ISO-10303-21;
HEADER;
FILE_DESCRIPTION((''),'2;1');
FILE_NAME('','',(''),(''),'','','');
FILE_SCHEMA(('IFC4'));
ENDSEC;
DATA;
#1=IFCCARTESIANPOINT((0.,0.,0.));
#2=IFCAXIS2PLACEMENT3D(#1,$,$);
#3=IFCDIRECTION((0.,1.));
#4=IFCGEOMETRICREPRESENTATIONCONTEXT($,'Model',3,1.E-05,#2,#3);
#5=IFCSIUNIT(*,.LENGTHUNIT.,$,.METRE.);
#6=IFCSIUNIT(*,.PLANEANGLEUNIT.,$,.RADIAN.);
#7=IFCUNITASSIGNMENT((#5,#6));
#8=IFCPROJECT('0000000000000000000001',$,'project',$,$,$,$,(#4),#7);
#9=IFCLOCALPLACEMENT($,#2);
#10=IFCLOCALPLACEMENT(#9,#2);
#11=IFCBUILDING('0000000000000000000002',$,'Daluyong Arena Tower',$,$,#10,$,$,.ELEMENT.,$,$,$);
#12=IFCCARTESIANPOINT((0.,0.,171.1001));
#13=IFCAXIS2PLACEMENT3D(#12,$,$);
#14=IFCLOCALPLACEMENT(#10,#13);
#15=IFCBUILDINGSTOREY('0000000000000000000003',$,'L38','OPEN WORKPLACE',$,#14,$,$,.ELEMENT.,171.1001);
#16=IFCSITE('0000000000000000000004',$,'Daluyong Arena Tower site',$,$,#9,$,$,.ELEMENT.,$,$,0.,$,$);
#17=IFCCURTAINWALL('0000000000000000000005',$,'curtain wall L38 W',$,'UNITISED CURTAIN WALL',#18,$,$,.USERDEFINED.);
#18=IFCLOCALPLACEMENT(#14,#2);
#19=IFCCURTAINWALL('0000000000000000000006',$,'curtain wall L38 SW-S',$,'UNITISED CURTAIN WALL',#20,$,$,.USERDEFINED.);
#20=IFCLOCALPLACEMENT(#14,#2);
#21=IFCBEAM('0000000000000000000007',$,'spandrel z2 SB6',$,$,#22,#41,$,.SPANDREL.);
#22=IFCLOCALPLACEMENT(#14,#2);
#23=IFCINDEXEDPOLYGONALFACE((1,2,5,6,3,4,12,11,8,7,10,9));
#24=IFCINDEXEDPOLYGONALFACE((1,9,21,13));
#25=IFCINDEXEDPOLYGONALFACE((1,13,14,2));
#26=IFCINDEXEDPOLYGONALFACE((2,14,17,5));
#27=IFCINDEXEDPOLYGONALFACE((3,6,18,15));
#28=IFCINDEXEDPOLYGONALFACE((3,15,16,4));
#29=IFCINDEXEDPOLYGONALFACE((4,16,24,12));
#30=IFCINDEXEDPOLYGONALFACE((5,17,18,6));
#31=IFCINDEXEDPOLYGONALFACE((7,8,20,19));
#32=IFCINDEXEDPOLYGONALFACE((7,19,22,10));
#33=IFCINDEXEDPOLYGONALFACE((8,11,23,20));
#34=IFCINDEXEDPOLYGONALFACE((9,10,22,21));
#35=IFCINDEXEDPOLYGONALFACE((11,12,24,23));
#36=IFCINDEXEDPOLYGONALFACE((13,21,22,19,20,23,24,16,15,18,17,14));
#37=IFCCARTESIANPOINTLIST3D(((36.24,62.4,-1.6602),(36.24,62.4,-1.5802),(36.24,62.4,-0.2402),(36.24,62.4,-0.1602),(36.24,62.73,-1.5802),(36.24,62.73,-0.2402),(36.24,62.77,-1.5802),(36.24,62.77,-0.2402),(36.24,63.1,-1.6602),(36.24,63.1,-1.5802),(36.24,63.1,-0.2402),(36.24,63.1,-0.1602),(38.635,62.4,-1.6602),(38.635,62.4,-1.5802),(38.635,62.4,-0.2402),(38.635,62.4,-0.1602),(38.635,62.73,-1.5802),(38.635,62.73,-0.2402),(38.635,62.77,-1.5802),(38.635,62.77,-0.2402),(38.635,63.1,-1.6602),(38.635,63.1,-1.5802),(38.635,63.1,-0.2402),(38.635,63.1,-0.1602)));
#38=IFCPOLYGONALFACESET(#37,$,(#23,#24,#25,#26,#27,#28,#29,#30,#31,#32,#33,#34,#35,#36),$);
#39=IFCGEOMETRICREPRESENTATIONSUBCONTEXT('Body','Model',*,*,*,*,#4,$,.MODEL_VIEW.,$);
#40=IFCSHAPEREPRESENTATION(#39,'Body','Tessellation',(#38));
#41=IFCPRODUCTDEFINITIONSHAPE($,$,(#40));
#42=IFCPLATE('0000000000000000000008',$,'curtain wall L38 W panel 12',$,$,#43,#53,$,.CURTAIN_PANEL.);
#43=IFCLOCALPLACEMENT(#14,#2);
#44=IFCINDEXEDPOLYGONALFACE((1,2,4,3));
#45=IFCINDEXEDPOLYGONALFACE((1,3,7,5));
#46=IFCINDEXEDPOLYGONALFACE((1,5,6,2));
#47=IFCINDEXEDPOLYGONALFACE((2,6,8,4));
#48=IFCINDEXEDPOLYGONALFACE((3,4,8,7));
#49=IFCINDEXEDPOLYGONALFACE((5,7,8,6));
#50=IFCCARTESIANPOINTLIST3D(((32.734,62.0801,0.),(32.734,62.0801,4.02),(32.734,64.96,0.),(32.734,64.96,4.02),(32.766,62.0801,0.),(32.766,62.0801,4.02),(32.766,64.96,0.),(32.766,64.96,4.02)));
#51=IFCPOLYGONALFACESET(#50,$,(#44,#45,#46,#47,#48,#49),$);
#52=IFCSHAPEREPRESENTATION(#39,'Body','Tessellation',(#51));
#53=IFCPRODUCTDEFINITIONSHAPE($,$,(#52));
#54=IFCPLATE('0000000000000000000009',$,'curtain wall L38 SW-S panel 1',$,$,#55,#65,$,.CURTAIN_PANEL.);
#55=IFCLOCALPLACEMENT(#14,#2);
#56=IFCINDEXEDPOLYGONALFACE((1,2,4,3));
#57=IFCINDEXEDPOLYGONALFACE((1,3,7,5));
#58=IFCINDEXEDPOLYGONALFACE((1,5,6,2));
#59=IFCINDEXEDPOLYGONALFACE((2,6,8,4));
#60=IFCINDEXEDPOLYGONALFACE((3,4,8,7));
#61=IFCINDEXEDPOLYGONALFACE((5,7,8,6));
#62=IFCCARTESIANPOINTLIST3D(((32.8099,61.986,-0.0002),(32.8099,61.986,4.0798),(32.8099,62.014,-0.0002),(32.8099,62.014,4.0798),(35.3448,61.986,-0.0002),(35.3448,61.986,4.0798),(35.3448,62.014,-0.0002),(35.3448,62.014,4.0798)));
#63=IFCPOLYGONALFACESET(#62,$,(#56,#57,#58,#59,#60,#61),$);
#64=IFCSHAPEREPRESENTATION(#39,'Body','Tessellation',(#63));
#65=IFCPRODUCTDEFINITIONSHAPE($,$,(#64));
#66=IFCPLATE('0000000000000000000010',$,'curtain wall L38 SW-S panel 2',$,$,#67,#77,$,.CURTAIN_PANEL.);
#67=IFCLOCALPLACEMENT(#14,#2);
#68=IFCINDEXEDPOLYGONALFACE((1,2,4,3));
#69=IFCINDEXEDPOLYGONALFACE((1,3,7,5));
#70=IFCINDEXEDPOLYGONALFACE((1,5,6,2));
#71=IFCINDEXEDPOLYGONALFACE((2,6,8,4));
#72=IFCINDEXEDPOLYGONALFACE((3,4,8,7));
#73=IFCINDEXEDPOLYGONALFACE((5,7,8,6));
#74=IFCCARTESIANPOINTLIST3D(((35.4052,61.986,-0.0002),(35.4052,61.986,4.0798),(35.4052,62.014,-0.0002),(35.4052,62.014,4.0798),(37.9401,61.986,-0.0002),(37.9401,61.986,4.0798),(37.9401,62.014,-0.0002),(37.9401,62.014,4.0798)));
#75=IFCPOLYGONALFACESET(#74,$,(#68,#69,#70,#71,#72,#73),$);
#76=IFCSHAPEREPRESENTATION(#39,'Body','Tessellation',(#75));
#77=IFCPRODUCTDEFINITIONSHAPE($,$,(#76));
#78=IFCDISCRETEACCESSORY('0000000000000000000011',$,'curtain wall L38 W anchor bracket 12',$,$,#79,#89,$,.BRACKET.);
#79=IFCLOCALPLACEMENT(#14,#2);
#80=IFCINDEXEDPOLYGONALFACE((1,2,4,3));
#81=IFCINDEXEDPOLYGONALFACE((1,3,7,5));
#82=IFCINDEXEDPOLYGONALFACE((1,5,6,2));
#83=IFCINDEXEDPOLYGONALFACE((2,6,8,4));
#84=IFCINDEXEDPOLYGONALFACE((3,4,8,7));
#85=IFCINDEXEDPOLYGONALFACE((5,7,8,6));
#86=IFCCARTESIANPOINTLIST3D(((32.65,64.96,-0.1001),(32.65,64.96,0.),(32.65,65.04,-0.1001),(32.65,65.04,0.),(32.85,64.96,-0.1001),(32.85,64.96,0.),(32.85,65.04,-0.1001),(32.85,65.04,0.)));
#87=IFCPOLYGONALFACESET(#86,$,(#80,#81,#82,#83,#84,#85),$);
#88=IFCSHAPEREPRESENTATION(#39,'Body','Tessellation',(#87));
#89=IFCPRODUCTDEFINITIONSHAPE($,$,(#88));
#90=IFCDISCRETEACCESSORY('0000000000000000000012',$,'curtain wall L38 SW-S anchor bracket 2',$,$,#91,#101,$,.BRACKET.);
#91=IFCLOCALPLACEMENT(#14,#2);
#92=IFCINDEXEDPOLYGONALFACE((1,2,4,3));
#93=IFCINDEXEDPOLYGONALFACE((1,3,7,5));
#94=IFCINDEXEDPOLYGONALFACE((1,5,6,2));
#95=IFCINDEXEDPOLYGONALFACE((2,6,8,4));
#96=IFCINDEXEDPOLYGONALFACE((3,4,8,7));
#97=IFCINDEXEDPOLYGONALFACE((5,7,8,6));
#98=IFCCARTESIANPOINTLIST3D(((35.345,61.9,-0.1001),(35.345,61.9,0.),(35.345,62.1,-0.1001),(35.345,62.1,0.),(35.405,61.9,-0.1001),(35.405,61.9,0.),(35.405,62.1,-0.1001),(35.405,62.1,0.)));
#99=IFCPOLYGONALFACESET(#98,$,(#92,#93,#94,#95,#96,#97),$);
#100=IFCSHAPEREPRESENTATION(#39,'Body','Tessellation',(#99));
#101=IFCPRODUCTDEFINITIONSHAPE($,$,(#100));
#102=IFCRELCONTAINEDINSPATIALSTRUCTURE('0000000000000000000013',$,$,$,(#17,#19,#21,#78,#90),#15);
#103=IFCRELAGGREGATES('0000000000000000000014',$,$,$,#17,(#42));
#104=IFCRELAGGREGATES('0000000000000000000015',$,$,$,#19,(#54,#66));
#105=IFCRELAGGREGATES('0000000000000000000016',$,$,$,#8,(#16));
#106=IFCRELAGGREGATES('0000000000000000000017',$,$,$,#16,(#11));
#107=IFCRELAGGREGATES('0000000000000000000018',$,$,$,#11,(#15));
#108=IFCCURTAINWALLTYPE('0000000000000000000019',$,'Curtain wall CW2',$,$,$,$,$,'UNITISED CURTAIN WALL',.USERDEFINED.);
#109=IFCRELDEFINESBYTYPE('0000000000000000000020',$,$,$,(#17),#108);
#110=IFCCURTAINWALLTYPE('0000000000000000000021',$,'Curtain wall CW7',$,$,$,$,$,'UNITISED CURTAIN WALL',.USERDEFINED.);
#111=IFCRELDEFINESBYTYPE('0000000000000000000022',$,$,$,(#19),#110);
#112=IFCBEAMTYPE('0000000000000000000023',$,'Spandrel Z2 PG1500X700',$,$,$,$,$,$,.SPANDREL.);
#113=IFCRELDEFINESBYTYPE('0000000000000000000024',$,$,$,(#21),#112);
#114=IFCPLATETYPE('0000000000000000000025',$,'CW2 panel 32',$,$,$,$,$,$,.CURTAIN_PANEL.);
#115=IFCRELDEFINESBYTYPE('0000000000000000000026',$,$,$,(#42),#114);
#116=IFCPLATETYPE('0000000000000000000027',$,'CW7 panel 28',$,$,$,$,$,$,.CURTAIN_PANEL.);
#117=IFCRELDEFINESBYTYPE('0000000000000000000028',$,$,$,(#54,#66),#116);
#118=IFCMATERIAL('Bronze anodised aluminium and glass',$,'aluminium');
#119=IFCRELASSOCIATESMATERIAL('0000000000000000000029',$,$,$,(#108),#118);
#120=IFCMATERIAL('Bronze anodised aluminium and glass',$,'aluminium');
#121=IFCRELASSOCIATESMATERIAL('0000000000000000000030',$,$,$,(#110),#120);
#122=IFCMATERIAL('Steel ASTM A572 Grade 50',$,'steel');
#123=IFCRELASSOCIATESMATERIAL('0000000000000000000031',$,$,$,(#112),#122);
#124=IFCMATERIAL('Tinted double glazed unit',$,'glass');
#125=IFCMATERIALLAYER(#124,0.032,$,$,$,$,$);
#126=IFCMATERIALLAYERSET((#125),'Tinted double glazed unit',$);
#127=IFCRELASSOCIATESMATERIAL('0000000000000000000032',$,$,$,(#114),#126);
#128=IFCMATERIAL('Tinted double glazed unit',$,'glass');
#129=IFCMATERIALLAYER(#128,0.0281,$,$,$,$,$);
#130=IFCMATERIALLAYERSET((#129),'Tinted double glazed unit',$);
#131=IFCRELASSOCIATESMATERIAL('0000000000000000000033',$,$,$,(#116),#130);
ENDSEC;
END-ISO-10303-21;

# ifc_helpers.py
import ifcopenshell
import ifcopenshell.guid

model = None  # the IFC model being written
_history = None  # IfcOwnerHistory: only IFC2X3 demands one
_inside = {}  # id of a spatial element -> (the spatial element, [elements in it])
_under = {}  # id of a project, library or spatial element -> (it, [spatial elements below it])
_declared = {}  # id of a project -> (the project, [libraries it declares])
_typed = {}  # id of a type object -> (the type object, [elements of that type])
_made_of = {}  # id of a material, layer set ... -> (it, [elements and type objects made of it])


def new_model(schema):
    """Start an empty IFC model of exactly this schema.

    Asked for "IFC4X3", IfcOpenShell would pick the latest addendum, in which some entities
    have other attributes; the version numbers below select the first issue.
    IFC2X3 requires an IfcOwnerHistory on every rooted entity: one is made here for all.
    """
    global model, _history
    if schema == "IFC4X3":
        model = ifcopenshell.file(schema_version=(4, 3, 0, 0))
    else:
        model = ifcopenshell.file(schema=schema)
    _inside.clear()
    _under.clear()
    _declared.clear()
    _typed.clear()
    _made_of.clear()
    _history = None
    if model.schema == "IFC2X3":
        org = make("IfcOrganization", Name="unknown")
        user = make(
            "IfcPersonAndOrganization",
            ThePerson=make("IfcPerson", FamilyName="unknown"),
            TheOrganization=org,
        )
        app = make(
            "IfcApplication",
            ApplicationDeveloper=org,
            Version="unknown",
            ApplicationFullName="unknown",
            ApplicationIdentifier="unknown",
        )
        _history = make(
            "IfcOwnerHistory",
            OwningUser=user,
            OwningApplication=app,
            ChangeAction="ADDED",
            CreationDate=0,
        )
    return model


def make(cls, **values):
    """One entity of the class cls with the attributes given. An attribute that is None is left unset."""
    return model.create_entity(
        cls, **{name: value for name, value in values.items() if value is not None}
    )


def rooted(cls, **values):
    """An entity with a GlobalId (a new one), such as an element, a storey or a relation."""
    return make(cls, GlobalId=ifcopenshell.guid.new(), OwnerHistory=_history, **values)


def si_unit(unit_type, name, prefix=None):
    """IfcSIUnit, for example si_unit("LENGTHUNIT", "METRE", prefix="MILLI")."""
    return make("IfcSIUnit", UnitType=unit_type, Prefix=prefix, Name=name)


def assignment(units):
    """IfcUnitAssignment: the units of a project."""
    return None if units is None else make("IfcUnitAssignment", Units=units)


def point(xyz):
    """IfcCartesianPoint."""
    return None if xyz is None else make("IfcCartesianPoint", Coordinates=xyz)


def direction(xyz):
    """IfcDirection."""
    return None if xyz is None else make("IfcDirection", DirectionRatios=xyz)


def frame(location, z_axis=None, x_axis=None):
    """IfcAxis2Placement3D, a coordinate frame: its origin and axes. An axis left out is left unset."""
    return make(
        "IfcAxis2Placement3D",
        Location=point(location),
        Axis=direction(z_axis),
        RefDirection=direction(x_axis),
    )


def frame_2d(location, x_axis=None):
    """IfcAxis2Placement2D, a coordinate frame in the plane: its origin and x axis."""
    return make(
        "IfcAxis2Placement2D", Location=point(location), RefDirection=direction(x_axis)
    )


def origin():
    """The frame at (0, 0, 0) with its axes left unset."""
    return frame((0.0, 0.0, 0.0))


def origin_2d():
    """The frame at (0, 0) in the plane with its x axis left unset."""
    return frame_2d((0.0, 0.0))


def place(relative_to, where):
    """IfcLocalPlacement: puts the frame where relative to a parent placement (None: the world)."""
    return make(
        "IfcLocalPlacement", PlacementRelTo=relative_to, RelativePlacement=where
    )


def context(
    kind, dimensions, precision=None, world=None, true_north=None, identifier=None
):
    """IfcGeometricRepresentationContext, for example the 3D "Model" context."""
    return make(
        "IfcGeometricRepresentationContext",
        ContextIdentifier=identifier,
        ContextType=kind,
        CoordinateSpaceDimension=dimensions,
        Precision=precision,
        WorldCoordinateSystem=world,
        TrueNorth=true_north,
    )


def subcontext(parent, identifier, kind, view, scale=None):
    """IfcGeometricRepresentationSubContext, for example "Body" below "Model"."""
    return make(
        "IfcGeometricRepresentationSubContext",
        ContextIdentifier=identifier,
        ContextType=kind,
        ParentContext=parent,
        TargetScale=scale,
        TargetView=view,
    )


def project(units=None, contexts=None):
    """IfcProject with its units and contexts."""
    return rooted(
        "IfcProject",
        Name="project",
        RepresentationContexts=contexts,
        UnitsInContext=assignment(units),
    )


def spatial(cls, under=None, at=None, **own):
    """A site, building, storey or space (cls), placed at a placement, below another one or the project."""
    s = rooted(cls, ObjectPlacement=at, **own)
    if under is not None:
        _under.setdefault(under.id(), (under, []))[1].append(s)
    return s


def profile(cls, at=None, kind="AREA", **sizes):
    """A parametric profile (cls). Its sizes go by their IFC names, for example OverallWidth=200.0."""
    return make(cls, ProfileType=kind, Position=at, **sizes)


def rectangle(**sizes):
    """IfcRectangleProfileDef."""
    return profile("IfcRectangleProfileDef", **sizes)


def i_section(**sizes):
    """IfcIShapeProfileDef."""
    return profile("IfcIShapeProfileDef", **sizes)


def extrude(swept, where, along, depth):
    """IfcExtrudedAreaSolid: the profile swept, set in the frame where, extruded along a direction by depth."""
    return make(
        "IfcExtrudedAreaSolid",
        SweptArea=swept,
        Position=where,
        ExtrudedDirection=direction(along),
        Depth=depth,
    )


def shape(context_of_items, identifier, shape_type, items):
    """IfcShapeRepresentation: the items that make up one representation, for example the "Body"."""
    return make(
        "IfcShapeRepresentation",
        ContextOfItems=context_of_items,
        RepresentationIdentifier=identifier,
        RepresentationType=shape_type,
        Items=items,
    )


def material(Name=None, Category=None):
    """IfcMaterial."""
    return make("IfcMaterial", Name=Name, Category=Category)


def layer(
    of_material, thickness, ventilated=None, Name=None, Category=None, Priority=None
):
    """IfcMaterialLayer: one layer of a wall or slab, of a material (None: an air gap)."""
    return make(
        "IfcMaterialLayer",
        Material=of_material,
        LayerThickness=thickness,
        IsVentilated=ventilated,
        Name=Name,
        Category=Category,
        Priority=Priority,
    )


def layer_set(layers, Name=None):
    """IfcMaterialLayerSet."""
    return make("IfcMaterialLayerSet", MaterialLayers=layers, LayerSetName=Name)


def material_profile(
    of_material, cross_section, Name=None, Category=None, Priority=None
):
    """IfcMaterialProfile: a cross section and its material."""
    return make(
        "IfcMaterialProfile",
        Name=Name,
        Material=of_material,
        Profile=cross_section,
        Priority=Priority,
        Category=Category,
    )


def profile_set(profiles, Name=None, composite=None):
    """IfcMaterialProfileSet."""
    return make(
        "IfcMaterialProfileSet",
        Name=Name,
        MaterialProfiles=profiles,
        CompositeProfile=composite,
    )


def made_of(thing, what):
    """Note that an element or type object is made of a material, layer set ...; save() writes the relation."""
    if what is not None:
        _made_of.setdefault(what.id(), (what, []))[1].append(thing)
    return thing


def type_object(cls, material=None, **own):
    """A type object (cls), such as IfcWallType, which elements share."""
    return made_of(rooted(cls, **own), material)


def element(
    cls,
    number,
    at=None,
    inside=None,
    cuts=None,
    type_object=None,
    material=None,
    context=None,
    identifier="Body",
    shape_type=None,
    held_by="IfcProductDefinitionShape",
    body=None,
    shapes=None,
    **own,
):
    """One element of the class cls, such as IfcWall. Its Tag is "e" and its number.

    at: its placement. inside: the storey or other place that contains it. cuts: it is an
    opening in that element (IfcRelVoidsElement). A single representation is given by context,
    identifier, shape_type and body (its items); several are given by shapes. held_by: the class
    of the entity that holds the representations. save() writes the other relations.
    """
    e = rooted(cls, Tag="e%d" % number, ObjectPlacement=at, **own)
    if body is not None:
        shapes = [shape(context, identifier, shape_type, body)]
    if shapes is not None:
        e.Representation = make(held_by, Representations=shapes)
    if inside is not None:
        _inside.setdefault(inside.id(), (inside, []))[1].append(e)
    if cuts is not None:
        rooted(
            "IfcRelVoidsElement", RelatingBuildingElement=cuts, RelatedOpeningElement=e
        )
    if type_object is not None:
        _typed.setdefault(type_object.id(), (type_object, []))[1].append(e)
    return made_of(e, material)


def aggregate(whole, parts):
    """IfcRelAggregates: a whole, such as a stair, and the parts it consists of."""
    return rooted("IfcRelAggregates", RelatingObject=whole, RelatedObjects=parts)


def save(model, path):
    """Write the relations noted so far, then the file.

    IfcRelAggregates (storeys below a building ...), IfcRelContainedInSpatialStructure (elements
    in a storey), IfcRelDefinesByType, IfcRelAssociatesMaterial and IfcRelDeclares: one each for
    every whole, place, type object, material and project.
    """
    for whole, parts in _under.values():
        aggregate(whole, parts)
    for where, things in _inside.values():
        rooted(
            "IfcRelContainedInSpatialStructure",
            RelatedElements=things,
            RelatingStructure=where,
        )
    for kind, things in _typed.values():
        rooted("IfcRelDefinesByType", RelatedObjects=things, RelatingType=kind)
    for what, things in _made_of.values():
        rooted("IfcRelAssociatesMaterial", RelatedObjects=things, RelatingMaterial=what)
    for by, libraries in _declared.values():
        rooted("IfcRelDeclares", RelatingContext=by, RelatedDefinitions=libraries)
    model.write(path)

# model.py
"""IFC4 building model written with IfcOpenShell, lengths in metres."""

from ifc_helpers import new_model, si_unit, direction, frame, origin, origin_2d, place, context, subcontext, project, spatial, rectangle, i_section, extrude, material, layer, layer_set, material_profile, profile_set, type_object, element, aggregate, save


model = new_model("IFC4")

# Units and contexts
model_context = context("Model", 3, precision=1e-05, world=origin(), true_north=direction((0.0, 1.0)))
body_context = subcontext(model_context, "Body", "Model", "MODEL_VIEW")
ifc_project = project(units=[si_unit("LENGTHUNIT", "METRE"), si_unit("PLANEANGLEUNIT", "RADIAN")], contexts=[model_context])

# Site, building, storey
site_placement = place(None, origin())
site = spatial("IfcSite", under=ifc_project, at=site_placement, Name="Daluyong Arena Tower site", CompositionType="ELEMENT", RefElevation=0.0)
building_placement = place(site_placement, origin())
building = spatial("IfcBuilding", under=site, at=building_placement, Name="Daluyong Arena Tower", CompositionType="ELEMENT")
storey_placement = place(building_placement, frame((0.0, 0.0, 171.1001)))
storey = spatial("IfcBuildingStorey", under=building, at=storey_placement, Name="L38", Description="OPEN WORKPLACE", CompositionType="ELEMENT", Elevation=171.1001)

# Curtain walls
ifc_material_1 = material(Name="Bronze anodised aluminium and glass", Category="aluminium")
curtain_wall_type_1 = type_object("IfcCurtainWallType", Name="Curtain wall CW2", ElementType="UNITISED CURTAIN WALL", PredefinedType="USERDEFINED", material=ifc_material_1)
curtain_wall_1_placement = place(storey_placement, origin())
curtain_wall_1 = element("IfcCurtainWall", 1, at=curtain_wall_1_placement, inside=storey, type_object=curtain_wall_type_1, Name="curtain wall L38 W", ObjectType="UNITISED CURTAIN WALL", PredefinedType="USERDEFINED")
ifc_material_2 = material(Name="Bronze anodised aluminium and glass", Category="aluminium")
curtain_wall_type_2 = type_object("IfcCurtainWallType", Name="Curtain wall CW7", ElementType="UNITISED CURTAIN WALL", PredefinedType="USERDEFINED", material=ifc_material_2)
curtain_wall_2_placement = place(storey_placement, origin())
curtain_wall_2 = element("IfcCurtainWall", 2, at=curtain_wall_2_placement, inside=storey, type_object=curtain_wall_type_2, Name="curtain wall L38 SW-S", ObjectType="UNITISED CURTAIN WALL", PredefinedType="USERDEFINED")

# Beam
ifc_material_3 = material(Name="Steel ASTM A572 Grade 50", Category="steel")
ifc_material_profile_1 = material_profile(ifc_material_3, i_section(OverallWidth=0.7, OverallDepth=1.5, WebThickness=0.04, FlangeThickness=0.08, at=origin_2d()))
ifc_profile_set_1 = profile_set([ifc_material_profile_1], Name="Steel ASTM A572 Grade 50")
beam_type = type_object("IfcBeamType", Name="Spandrel Z2 PG1500X700", PredefinedType="SPANDREL", material=ifc_profile_set_1)
for number, where, z_axis, x_axis, name in (
    (3, (36.24, 62.75, -0.9102), (1.0, 0.0, 0.0), (0.0, 1.0, 0.0), "spandrel z2 SB6"),
):
    element("IfcBeam", number, at=place(storey_placement, frame(where, z_axis=z_axis, x_axis=x_axis)), inside=storey, type_object=beam_type, Name=name, PredefinedType="SPANDREL", context=body_context, shape_type="SweptSolid", body=[
        extrude(i_section(OverallWidth=0.7, OverallDepth=1.5, WebThickness=0.04, FlangeThickness=0.08, at=origin_2d()), origin(), (0.0, 0.0, 1.0), 2.395),
    ])

# Plates
ifc_material_4 = material(Name="Tinted double glazed unit", Category="glass")
ifc_layer_1 = layer(ifc_material_4, 0.032)
ifc_layer_set_1 = layer_set([ifc_layer_1], Name="Tinted double glazed unit")
plate_type_1 = type_object("IfcPlateType", Name="CW2 panel 32", PredefinedType="CURTAIN_PANEL", material=ifc_layer_set_1)
plate_1_placement = place(storey_placement, frame((32.75, 63.52, 0.0), z_axis=(0.0, 0.0, 1.0), x_axis=(0.0, -1.0, 0.0)))
plate_1 = element("IfcPlate", 4, at=plate_1_placement, type_object=plate_type_1, Name="curtain wall L38 W panel 12", PredefinedType="CURTAIN_PANEL", context=body_context, shape_type="SweptSolid", body=[
    extrude(rectangle(XDim=2.8799, YDim=0.032, at=origin_2d()), origin(), (0.0, 0.0, 1.0), 4.02),
])
aggregate(curtain_wall_1, [plate_1])
ifc_material_5 = material(Name="Tinted double glazed unit", Category="glass")
ifc_layer_2 = layer(ifc_material_5, 0.0281)
ifc_layer_set_2 = layer_set([ifc_layer_2], Name="Tinted double glazed unit")
plate_type_2 = type_object("IfcPlateType", Name="CW7 panel 28", PredefinedType="CURTAIN_PANEL", material=ifc_layer_set_2)
plate_2_placement = place(storey_placement, frame((34.0774, 62.0, -0.0002), z_axis=(0.0, 0.0, 1.0), x_axis=(1.0, 0.0, 0.0)))
plate_2 = element("IfcPlate", 5, at=plate_2_placement, type_object=plate_type_2, Name="curtain wall L38 SW-S panel 1", PredefinedType="CURTAIN_PANEL", context=body_context, shape_type="SweptSolid", body=[
    extrude(rectangle(XDim=2.5349, YDim=0.0281, at=origin_2d()), origin(), (0.0, 0.0, 1.0), 4.0801),
])
plate_3_placement = place(storey_placement, frame((36.6726, 62.0, -0.0002), z_axis=(0.0, 0.0, 1.0), x_axis=(1.0, 0.0, 0.0)))
plate_3 = element("IfcPlate", 6, at=plate_3_placement, type_object=plate_type_2, Name="curtain wall L38 SW-S panel 2", PredefinedType="CURTAIN_PANEL", context=body_context, shape_type="SweptSolid", body=[
    extrude(rectangle(XDim=2.5349, YDim=0.0281, at=origin_2d()), origin(), (0.0, 0.0, 1.0), 4.0801),
])
aggregate(curtain_wall_2, [plate_2, plate_3])

# Discrete accessories
discrete_accessory_1_placement = place(storey_placement, frame((32.75, 65.0, -0.1001), z_axis=(0.0, 0.0, 1.0), x_axis=(0.0, -1.0, 0.0)))
element("IfcDiscreteAccessory", 7, at=discrete_accessory_1_placement, inside=storey, Name="curtain wall L38 W anchor bracket 12", PredefinedType="BRACKET", context=body_context, shape_type="SweptSolid", body=[
    extrude(rectangle(XDim=0.0801, YDim=0.2, at=origin_2d()), origin(), (0.0, 0.0, 1.0), 0.1001),
])
discrete_accessory_2_placement = place(storey_placement, frame((35.375, 62.0, -0.1001), z_axis=(0.0, 0.0, 1.0), x_axis=(1.0, 0.0, 0.0)))
element("IfcDiscreteAccessory", 8, at=discrete_accessory_2_placement, inside=storey, Name="curtain wall L38 SW-S anchor bracket 2", PredefinedType="BRACKET", context=body_context, shape_type="SweptSolid", body=[
    extrude(rectangle(XDim=0.0601, YDim=0.2, at=origin_2d()), origin(), (0.0, 0.0, 1.0), 0.1001),
])

save(model, "model.ifc")
